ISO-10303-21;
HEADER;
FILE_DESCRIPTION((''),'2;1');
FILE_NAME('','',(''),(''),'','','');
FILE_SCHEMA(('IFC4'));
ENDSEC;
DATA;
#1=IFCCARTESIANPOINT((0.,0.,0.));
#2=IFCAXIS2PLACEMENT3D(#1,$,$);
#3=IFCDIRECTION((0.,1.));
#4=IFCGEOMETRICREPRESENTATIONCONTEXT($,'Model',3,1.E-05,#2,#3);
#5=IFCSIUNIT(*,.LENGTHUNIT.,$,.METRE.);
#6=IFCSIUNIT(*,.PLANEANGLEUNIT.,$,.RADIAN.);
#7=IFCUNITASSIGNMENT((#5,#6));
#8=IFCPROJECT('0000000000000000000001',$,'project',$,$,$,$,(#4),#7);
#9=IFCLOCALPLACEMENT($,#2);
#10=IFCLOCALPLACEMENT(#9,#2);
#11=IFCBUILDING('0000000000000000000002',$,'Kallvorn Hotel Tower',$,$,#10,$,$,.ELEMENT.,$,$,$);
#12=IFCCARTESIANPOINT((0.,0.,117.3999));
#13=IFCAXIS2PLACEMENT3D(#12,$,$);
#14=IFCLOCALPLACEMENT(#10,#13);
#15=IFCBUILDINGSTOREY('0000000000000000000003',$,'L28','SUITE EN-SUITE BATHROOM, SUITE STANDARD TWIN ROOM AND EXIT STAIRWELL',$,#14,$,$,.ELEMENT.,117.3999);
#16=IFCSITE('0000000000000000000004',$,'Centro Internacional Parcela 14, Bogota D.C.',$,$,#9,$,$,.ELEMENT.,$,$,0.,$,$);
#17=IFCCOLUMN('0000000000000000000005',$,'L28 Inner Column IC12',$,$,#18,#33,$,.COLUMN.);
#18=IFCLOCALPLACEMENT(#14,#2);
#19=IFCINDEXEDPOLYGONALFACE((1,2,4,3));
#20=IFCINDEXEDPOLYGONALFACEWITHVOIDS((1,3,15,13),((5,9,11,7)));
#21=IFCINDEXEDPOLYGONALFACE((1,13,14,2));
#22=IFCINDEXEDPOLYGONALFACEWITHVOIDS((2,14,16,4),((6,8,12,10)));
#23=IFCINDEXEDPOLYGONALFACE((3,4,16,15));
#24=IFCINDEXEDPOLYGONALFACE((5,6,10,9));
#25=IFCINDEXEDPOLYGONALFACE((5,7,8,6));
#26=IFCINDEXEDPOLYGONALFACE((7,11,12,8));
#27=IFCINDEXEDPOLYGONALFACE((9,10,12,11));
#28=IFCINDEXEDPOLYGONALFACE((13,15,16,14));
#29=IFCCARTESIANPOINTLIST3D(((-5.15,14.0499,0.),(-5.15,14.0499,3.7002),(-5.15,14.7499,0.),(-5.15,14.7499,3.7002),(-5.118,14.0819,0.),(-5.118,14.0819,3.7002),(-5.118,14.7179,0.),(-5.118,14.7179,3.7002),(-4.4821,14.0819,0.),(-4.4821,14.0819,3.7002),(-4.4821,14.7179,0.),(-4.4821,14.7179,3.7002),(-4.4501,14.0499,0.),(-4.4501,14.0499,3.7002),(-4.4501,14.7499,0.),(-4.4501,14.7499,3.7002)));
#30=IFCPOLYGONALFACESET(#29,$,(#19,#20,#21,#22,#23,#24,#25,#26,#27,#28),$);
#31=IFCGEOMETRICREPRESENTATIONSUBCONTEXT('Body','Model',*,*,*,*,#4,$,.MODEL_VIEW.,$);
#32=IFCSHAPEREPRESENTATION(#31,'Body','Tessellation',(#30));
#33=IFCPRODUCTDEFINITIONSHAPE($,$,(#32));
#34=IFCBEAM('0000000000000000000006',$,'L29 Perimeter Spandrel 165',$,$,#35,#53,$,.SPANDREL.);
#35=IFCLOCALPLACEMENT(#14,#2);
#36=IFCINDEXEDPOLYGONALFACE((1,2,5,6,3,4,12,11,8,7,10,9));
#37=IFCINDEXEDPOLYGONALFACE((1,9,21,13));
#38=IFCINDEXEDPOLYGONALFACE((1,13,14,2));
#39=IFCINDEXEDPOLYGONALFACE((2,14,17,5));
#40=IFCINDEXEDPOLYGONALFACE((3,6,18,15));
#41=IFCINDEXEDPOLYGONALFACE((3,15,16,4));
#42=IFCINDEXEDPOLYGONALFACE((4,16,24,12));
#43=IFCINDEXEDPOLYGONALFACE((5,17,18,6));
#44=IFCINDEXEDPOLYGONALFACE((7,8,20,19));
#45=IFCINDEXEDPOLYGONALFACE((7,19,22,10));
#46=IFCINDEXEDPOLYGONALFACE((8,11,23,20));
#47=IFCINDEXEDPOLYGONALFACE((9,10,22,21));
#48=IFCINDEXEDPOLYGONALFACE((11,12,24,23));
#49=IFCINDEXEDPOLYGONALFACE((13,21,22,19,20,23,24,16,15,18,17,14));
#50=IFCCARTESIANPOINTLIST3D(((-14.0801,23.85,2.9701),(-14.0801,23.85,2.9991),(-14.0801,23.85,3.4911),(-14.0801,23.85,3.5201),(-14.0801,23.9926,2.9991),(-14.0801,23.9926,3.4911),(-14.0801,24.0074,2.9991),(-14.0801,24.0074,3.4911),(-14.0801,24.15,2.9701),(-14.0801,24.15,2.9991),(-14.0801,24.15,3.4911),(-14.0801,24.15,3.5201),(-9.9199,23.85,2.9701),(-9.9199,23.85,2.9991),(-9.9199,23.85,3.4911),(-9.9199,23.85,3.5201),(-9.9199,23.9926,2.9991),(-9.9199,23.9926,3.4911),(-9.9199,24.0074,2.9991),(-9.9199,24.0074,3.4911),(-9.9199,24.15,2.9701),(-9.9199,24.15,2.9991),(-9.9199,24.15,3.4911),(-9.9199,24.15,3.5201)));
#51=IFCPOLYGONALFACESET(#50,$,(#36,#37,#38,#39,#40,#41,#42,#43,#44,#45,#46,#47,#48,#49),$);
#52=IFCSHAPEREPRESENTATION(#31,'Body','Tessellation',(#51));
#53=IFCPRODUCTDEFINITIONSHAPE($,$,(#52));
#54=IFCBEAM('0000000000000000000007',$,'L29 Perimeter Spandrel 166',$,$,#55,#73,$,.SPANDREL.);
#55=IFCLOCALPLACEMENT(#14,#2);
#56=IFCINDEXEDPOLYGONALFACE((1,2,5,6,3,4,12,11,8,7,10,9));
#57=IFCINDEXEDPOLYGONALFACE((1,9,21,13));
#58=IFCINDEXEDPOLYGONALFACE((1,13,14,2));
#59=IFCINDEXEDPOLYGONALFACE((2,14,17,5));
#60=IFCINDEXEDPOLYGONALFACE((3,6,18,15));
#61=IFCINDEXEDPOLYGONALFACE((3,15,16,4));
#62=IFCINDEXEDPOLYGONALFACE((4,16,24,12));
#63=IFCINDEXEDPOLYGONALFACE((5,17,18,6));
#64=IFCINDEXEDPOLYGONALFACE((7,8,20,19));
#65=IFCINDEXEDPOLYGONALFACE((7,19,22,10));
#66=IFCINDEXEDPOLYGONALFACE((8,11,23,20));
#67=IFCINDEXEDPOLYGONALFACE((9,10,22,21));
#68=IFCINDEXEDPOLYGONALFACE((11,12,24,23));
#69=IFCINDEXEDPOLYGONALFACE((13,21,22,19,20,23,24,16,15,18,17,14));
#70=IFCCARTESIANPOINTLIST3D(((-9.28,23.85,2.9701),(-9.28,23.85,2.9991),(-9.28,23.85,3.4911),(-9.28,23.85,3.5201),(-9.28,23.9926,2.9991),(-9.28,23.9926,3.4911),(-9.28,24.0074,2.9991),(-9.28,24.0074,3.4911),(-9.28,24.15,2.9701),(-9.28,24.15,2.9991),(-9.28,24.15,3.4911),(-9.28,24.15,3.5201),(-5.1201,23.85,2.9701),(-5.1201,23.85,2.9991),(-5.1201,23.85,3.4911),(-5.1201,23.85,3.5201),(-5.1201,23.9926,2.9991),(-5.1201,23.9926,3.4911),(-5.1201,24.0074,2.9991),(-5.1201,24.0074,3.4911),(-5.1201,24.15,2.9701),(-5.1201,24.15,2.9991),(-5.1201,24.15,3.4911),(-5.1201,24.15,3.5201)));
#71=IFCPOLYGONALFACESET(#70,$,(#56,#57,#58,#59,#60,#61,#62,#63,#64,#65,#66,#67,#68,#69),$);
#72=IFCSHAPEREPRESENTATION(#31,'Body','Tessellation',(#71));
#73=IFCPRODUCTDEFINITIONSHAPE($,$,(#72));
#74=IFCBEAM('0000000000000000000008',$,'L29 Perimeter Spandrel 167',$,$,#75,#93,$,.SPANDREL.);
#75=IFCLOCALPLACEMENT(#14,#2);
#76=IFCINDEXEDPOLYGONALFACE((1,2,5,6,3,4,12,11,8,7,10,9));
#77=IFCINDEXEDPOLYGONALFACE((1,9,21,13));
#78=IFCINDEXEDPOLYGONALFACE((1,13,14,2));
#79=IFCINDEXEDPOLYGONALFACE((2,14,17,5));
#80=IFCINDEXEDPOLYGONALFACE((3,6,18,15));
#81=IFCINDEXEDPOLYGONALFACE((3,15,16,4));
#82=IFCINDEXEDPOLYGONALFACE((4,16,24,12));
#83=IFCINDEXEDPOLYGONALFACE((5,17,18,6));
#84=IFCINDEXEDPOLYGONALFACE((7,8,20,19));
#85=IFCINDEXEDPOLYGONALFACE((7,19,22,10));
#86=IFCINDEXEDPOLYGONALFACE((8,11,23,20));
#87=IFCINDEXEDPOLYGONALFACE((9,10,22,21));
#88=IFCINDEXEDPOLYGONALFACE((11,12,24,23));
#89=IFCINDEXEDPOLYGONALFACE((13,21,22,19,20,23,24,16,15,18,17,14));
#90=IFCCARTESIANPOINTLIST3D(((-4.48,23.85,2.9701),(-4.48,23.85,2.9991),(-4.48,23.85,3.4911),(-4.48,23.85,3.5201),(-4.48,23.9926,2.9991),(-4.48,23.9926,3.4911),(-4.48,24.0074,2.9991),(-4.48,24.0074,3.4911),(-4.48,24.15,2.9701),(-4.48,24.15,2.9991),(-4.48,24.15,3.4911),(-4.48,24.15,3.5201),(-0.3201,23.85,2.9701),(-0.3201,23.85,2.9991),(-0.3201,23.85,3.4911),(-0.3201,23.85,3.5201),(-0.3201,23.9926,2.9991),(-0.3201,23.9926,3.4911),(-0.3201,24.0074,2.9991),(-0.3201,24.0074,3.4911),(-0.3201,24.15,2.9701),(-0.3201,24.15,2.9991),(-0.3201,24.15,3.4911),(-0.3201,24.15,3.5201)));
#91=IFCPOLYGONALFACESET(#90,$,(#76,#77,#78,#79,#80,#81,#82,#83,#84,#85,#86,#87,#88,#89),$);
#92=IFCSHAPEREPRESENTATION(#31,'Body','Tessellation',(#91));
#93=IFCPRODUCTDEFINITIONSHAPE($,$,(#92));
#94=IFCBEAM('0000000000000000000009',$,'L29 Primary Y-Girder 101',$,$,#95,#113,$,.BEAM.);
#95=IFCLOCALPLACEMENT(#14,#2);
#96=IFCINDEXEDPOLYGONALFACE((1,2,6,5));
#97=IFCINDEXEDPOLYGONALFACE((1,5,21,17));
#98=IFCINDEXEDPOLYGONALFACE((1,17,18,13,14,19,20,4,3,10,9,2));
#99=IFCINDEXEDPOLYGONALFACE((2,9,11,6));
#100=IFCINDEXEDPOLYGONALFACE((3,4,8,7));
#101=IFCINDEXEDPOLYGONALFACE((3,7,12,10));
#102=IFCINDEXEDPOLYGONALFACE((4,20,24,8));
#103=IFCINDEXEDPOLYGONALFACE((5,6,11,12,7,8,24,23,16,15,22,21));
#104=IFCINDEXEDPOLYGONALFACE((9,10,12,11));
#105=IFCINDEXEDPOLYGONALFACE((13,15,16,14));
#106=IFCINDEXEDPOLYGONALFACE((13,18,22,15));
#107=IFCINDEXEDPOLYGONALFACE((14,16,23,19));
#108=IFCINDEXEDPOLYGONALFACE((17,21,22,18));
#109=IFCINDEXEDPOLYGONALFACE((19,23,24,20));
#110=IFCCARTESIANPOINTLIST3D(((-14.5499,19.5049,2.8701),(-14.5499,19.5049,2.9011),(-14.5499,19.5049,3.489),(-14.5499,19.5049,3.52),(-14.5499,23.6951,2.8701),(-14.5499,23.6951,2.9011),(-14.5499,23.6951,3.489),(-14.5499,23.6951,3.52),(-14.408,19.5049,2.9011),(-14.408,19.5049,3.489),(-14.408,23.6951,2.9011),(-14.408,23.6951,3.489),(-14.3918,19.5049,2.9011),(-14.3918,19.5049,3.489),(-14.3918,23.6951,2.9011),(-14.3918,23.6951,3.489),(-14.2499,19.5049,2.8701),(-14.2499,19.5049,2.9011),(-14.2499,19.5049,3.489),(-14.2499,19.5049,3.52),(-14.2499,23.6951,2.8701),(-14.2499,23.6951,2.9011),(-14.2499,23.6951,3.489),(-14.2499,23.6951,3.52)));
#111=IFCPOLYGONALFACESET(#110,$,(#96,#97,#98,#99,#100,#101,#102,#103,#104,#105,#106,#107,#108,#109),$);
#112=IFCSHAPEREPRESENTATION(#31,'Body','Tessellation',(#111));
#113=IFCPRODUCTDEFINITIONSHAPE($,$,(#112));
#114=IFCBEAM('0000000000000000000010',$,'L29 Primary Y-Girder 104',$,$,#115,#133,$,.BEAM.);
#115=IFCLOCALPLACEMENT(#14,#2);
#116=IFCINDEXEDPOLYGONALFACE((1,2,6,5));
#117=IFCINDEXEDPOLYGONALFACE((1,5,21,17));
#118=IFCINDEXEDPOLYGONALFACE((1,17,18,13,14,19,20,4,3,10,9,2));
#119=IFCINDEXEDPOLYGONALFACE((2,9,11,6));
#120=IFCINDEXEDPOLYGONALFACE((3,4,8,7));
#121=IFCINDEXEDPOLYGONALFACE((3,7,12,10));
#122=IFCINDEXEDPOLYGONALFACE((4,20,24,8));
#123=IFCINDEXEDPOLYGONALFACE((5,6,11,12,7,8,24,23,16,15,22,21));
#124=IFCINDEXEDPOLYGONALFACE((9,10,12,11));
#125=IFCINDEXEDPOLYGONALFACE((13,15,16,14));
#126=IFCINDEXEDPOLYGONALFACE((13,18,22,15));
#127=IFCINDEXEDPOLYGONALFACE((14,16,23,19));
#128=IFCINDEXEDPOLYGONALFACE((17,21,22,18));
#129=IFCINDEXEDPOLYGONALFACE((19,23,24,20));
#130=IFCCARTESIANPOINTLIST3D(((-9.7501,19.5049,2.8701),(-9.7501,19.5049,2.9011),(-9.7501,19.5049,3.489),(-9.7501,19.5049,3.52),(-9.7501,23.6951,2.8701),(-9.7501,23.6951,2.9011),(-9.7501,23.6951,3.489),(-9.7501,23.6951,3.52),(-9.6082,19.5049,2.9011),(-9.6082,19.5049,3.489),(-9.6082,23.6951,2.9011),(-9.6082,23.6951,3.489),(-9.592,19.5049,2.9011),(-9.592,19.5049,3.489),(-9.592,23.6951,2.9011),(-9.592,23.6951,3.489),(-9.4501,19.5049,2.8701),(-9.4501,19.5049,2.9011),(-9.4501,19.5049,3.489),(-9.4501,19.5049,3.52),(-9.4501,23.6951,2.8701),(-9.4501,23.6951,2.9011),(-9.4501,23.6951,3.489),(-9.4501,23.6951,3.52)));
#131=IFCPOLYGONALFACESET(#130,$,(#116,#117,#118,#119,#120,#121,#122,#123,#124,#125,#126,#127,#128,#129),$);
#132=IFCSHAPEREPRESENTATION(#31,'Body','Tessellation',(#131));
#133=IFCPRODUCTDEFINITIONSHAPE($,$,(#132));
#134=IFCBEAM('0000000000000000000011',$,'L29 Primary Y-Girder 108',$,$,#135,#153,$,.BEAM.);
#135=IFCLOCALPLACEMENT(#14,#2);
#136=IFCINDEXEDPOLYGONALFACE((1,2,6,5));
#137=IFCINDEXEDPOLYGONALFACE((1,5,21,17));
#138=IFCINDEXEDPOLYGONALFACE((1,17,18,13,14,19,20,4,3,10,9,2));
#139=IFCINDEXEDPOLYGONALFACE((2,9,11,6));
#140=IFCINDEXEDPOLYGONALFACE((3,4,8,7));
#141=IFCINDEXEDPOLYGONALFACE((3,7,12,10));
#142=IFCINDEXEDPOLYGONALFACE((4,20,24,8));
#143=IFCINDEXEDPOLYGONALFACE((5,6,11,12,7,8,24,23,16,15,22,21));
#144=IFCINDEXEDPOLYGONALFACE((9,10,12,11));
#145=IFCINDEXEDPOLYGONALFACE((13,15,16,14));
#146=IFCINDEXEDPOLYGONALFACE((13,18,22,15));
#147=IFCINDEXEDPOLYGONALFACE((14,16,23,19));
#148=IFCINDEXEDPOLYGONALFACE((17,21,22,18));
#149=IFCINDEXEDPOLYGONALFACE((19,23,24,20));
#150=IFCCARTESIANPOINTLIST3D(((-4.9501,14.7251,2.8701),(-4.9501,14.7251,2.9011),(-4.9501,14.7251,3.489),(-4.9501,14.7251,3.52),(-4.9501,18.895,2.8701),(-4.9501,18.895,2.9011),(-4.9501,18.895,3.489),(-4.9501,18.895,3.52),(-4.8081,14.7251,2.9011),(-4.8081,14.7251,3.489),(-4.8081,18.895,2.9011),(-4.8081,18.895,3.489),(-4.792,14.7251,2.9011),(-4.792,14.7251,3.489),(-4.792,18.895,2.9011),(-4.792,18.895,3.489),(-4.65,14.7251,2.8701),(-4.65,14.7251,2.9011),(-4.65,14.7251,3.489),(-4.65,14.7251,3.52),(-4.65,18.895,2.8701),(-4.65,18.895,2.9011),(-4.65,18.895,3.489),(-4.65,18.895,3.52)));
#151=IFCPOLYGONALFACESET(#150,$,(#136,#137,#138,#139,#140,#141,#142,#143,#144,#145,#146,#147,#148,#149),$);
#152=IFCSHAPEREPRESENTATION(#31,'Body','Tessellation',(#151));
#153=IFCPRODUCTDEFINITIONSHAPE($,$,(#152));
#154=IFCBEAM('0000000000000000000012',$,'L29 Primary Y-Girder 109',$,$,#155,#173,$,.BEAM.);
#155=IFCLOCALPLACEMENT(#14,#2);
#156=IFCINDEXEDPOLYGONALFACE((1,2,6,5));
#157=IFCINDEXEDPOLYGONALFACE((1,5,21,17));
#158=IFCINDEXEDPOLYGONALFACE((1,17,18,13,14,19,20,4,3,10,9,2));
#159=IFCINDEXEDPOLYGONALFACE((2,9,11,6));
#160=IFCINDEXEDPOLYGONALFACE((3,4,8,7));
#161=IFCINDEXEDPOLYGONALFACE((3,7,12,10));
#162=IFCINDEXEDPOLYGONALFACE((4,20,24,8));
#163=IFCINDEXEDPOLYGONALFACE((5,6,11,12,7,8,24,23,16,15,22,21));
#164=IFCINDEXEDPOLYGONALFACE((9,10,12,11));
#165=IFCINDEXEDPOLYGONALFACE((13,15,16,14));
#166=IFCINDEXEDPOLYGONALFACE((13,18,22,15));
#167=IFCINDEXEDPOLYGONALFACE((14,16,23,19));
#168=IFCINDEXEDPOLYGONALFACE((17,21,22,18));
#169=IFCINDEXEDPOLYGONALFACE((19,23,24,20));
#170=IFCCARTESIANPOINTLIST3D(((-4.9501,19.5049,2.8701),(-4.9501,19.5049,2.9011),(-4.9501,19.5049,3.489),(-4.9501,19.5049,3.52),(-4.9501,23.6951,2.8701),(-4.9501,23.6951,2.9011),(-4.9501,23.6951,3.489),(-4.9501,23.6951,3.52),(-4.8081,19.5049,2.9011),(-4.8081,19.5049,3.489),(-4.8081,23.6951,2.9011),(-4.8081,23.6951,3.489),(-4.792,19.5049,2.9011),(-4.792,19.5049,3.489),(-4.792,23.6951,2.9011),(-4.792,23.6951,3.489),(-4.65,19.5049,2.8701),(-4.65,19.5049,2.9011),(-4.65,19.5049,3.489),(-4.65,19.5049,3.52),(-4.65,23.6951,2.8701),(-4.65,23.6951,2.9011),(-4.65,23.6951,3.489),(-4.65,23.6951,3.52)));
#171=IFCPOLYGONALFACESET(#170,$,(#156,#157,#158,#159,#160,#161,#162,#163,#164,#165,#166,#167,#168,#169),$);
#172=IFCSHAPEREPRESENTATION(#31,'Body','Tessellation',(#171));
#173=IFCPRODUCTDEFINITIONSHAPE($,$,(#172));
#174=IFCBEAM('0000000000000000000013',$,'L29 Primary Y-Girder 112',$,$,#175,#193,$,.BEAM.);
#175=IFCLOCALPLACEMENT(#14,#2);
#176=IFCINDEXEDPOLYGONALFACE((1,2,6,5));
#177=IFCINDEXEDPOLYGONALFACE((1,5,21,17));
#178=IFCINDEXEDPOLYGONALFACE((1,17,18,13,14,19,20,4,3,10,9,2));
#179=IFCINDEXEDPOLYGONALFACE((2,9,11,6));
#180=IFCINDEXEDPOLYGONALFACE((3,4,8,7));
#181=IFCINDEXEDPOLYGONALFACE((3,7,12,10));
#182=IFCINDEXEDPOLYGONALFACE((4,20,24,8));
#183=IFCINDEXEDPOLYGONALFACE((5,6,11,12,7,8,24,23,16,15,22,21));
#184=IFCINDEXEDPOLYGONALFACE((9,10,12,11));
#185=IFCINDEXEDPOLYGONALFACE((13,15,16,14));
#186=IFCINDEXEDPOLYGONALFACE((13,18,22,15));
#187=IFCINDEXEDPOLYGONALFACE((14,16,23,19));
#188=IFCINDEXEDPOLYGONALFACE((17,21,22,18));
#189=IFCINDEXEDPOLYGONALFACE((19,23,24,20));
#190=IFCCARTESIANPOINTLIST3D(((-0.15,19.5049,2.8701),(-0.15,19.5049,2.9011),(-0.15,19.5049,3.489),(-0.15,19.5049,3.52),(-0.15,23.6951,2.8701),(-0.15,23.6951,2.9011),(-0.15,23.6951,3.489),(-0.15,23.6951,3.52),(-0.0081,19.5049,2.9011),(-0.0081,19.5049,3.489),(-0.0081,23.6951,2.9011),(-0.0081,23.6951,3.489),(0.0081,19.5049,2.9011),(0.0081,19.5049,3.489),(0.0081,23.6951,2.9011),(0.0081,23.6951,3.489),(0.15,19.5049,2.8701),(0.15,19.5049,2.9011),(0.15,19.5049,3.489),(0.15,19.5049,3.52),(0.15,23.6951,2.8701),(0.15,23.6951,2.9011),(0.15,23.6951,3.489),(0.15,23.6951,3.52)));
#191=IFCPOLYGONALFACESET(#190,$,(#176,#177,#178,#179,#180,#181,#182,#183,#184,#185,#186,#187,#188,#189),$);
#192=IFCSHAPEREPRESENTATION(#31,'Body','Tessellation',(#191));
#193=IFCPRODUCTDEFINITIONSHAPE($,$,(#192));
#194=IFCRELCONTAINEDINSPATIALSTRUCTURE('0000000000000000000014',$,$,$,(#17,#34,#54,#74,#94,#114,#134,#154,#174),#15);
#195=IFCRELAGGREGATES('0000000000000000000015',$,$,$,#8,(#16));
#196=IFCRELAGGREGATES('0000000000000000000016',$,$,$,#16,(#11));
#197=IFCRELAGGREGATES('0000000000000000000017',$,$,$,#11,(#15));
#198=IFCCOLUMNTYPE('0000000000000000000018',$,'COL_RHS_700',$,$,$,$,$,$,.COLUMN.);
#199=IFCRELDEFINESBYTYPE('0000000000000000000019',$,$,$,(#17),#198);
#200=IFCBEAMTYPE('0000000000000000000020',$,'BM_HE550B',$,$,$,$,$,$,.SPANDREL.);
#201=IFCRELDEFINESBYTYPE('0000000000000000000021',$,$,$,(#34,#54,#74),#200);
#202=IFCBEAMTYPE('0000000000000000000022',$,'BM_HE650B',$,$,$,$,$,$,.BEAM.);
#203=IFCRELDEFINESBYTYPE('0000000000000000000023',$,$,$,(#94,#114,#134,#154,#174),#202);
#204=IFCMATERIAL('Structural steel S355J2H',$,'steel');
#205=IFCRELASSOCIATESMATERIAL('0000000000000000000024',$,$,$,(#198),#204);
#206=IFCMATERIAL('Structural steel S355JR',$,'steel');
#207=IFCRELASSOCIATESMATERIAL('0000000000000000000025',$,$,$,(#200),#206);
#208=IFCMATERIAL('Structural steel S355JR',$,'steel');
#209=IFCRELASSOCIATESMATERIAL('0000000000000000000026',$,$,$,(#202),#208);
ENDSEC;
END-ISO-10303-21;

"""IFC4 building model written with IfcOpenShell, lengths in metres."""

from ifc_helpers import new_model, si_unit, direction, frame, origin, origin_2d, place, context, subcontext, project, spatial, hollow_rectangle, i_section, extrude, material, material_profile, profile_set, type_object, element, save


model = new_model("IFC4")

# Units and contexts
model_context = context("Model", 3, precision=1e-05, world=origin(), true_north=direction((0.0, 1.0)))
body_context = subcontext(model_context, "Body", "Model", "MODEL_VIEW")
ifc_project = project(units=[si_unit("LENGTHUNIT", "METRE"), si_unit("PLANEANGLEUNIT", "RADIAN")], contexts=[model_context])

# Site, building, storey
site_placement = place(None, origin())
site = spatial("IfcSite", under=ifc_project, at=site_placement, Name="Centro Internacional Parcela 14, Bogota D.C.", CompositionType="ELEMENT", RefElevation=0.0)
building_placement = place(site_placement, origin())
building = spatial("IfcBuilding", under=site, at=building_placement, Name="Kallvorn Hotel Tower", CompositionType="ELEMENT")
storey_placement = place(building_placement, frame((0.0, 0.0, 117.3999)))
storey = spatial("IfcBuildingStorey", under=building, at=storey_placement, Name="L28", Description="SUITE EN-SUITE BATHROOM, SUITE STANDARD TWIN ROOM AND EXIT STAIRWELL", CompositionType="ELEMENT", Elevation=117.3999)

# Column
ifc_material_1 = material(Name="Structural steel S355J2H", Category="steel")
ifc_material_profile_1 = material_profile(ifc_material_1, hollow_rectangle(XDim=0.7, YDim=0.7, WallThickness=0.032, at=origin_2d()), Name="RHS 700x700x32")
ifc_profile_set_1 = profile_set([ifc_material_profile_1], Name="Structural steel S355J2H")
column_type_1 = type_object("IfcColumnType", Name="COL_RHS_700", PredefinedType="COLUMN", material=ifc_profile_set_1)
column_placement = place(storey_placement, frame((-4.8, 14.3999, 0.0), z_axis=(0.0, 0.0, 1.0), x_axis=(1.0, 0.0, 0.0)))
element("IfcColumn", 1, at=column_placement, inside=storey, type_object=column_type_1, Name="L28 Inner Column IC12", PredefinedType="COLUMN", context=body_context, shape_type="SweptSolid", body=[
    extrude(hollow_rectangle(XDim=0.7, YDim=0.7, WallThickness=0.032, at=origin_2d()), origin(), (0.0, 0.0, 1.0), 3.7002),
])

# Beams
ifc_material_2 = material(Name="Structural steel S355JR", Category="steel")
ifc_material_profile_2 = material_profile(ifc_material_2, i_section(OverallWidth=0.3, OverallDepth=0.55, WebThickness=0.0149, FlangeThickness=0.0291, at=origin_2d()), Name="HE 550 B")
ifc_profile_set_2 = profile_set([ifc_material_profile_2], Name="Structural steel S355JR")
beam_type_1 = type_object("IfcBeamType", Name="BM_HE550B", PredefinedType="SPANDREL", material=ifc_profile_set_2)
beam_1_placement = place(storey_placement, frame((-14.0801, 24.0, 3.2451), z_axis=(1.0, 0.0, 0.0), x_axis=(0.0, 1.0, 0.0)))
element("IfcBeam", 2, at=beam_1_placement, inside=storey, type_object=beam_type_1, Name="L29 Perimeter Spandrel 165", PredefinedType="SPANDREL", context=body_context, shape_type="SweptSolid", body=[
    extrude(i_section(OverallWidth=0.3, OverallDepth=0.55, WebThickness=0.0149, FlangeThickness=0.0291, at=origin_2d()), origin(), (0.0, 0.0, 1.0), 4.1602),
])
for number, where, z_axis, x_axis, name in (
    (3, (-9.28, 24.0, 3.2451), (1.0, 0.0, 0.0), (0.0, 1.0, 0.0), "L29 Perimeter Spandrel 166"),
    (4, (-4.48, 24.0, 3.2451), (1.0, 0.0, 0.0), (0.0, 1.0, 0.0), "L29 Perimeter Spandrel 167"),
):
    element("IfcBeam", number, at=place(storey_placement, frame(where, z_axis=z_axis, x_axis=x_axis)), inside=storey, type_object=beam_type_1, Name=name, PredefinedType="SPANDREL", context=body_context, shape_type="SweptSolid", body=[
        extrude(i_section(OverallWidth=0.3, OverallDepth=0.55, WebThickness=0.0149, FlangeThickness=0.0291, at=origin_2d()), origin(), (0.0, 0.0, 1.0), 4.1599),
    ])
ifc_material_3 = material(Name="Structural steel S355JR", Category="steel")
ifc_material_profile_3 = material_profile(ifc_material_3, i_section(OverallWidth=0.3, OverallDepth=0.6499, WebThickness=0.0161, FlangeThickness=0.031, at=origin_2d()), Name="HE 650 B")
ifc_profile_set_3 = profile_set([ifc_material_profile_3], Name="Structural steel S355JR")
beam_type_2 = type_object("IfcBeamType", Name="BM_HE650B", PredefinedType="BEAM", material=ifc_profile_set_3)
for number, where, z_axis, x_axis, name in (
    (5, (-14.3999, 19.5049, 3.1951), (0.0, 1.0, 0.0), (-1.0, 0.0, 0.0), "L29 Primary Y-Girder 101"),
    (6, (-9.6001, 19.5049, 3.1951), (0.0, 1.0, 0.0), (-1.0, 0.0, 0.0), "L29 Primary Y-Girder 104"),
):
    element("IfcBeam", number, at=place(storey_placement, frame(where, z_axis=z_axis, x_axis=x_axis)), inside=storey, type_object=beam_type_2, Name=name, PredefinedType="BEAM", context=body_context, shape_type="SweptSolid", body=[
        extrude(i_section(OverallWidth=0.3, OverallDepth=0.6499, WebThickness=0.0161, FlangeThickness=0.031, at=origin_2d()), origin(), (0.0, 0.0, 1.0), 4.1902),
    ])
beam_2_placement = place(storey_placement, frame((-4.8, 14.7251, 3.1951), z_axis=(0.0, 1.0, 0.0), x_axis=(-1.0, 0.0, 0.0)))
element("IfcBeam", 7, at=beam_2_placement, inside=storey, type_object=beam_type_2, Name="L29 Primary Y-Girder 108", PredefinedType="BEAM", context=body_context, shape_type="SweptSolid", body=[
    extrude(i_section(OverallWidth=0.3, OverallDepth=0.6499, WebThickness=0.0161, FlangeThickness=0.031, at=origin_2d()), origin(), (0.0, 0.0, 1.0), 4.1699),
])
for number, where, z_axis, x_axis, name in (
    (8, (-4.8, 19.5049, 3.1951), (0.0, 1.0, 0.0), (-1.0, 0.0, 0.0), "L29 Primary Y-Girder 109"),
    (9, (0.0, 19.5049, 3.1951), (0.0, 1.0, 0.0), (-1.0, 0.0, 0.0), "L29 Primary Y-Girder 112"),
):
    element("IfcBeam", number, at=place(storey_placement, frame(where, z_axis=z_axis, x_axis=x_axis)), inside=storey, type_object=beam_type_2, Name=name, PredefinedType="BEAM", context=body_context, shape_type="SweptSolid", body=[
        extrude(i_section(OverallWidth=0.3, OverallDepth=0.6499, WebThickness=0.0161, FlangeThickness=0.031, at=origin_2d()), origin(), (0.0, 0.0, 1.0), 4.1902),
    ])

save(model, "model.ifc")
